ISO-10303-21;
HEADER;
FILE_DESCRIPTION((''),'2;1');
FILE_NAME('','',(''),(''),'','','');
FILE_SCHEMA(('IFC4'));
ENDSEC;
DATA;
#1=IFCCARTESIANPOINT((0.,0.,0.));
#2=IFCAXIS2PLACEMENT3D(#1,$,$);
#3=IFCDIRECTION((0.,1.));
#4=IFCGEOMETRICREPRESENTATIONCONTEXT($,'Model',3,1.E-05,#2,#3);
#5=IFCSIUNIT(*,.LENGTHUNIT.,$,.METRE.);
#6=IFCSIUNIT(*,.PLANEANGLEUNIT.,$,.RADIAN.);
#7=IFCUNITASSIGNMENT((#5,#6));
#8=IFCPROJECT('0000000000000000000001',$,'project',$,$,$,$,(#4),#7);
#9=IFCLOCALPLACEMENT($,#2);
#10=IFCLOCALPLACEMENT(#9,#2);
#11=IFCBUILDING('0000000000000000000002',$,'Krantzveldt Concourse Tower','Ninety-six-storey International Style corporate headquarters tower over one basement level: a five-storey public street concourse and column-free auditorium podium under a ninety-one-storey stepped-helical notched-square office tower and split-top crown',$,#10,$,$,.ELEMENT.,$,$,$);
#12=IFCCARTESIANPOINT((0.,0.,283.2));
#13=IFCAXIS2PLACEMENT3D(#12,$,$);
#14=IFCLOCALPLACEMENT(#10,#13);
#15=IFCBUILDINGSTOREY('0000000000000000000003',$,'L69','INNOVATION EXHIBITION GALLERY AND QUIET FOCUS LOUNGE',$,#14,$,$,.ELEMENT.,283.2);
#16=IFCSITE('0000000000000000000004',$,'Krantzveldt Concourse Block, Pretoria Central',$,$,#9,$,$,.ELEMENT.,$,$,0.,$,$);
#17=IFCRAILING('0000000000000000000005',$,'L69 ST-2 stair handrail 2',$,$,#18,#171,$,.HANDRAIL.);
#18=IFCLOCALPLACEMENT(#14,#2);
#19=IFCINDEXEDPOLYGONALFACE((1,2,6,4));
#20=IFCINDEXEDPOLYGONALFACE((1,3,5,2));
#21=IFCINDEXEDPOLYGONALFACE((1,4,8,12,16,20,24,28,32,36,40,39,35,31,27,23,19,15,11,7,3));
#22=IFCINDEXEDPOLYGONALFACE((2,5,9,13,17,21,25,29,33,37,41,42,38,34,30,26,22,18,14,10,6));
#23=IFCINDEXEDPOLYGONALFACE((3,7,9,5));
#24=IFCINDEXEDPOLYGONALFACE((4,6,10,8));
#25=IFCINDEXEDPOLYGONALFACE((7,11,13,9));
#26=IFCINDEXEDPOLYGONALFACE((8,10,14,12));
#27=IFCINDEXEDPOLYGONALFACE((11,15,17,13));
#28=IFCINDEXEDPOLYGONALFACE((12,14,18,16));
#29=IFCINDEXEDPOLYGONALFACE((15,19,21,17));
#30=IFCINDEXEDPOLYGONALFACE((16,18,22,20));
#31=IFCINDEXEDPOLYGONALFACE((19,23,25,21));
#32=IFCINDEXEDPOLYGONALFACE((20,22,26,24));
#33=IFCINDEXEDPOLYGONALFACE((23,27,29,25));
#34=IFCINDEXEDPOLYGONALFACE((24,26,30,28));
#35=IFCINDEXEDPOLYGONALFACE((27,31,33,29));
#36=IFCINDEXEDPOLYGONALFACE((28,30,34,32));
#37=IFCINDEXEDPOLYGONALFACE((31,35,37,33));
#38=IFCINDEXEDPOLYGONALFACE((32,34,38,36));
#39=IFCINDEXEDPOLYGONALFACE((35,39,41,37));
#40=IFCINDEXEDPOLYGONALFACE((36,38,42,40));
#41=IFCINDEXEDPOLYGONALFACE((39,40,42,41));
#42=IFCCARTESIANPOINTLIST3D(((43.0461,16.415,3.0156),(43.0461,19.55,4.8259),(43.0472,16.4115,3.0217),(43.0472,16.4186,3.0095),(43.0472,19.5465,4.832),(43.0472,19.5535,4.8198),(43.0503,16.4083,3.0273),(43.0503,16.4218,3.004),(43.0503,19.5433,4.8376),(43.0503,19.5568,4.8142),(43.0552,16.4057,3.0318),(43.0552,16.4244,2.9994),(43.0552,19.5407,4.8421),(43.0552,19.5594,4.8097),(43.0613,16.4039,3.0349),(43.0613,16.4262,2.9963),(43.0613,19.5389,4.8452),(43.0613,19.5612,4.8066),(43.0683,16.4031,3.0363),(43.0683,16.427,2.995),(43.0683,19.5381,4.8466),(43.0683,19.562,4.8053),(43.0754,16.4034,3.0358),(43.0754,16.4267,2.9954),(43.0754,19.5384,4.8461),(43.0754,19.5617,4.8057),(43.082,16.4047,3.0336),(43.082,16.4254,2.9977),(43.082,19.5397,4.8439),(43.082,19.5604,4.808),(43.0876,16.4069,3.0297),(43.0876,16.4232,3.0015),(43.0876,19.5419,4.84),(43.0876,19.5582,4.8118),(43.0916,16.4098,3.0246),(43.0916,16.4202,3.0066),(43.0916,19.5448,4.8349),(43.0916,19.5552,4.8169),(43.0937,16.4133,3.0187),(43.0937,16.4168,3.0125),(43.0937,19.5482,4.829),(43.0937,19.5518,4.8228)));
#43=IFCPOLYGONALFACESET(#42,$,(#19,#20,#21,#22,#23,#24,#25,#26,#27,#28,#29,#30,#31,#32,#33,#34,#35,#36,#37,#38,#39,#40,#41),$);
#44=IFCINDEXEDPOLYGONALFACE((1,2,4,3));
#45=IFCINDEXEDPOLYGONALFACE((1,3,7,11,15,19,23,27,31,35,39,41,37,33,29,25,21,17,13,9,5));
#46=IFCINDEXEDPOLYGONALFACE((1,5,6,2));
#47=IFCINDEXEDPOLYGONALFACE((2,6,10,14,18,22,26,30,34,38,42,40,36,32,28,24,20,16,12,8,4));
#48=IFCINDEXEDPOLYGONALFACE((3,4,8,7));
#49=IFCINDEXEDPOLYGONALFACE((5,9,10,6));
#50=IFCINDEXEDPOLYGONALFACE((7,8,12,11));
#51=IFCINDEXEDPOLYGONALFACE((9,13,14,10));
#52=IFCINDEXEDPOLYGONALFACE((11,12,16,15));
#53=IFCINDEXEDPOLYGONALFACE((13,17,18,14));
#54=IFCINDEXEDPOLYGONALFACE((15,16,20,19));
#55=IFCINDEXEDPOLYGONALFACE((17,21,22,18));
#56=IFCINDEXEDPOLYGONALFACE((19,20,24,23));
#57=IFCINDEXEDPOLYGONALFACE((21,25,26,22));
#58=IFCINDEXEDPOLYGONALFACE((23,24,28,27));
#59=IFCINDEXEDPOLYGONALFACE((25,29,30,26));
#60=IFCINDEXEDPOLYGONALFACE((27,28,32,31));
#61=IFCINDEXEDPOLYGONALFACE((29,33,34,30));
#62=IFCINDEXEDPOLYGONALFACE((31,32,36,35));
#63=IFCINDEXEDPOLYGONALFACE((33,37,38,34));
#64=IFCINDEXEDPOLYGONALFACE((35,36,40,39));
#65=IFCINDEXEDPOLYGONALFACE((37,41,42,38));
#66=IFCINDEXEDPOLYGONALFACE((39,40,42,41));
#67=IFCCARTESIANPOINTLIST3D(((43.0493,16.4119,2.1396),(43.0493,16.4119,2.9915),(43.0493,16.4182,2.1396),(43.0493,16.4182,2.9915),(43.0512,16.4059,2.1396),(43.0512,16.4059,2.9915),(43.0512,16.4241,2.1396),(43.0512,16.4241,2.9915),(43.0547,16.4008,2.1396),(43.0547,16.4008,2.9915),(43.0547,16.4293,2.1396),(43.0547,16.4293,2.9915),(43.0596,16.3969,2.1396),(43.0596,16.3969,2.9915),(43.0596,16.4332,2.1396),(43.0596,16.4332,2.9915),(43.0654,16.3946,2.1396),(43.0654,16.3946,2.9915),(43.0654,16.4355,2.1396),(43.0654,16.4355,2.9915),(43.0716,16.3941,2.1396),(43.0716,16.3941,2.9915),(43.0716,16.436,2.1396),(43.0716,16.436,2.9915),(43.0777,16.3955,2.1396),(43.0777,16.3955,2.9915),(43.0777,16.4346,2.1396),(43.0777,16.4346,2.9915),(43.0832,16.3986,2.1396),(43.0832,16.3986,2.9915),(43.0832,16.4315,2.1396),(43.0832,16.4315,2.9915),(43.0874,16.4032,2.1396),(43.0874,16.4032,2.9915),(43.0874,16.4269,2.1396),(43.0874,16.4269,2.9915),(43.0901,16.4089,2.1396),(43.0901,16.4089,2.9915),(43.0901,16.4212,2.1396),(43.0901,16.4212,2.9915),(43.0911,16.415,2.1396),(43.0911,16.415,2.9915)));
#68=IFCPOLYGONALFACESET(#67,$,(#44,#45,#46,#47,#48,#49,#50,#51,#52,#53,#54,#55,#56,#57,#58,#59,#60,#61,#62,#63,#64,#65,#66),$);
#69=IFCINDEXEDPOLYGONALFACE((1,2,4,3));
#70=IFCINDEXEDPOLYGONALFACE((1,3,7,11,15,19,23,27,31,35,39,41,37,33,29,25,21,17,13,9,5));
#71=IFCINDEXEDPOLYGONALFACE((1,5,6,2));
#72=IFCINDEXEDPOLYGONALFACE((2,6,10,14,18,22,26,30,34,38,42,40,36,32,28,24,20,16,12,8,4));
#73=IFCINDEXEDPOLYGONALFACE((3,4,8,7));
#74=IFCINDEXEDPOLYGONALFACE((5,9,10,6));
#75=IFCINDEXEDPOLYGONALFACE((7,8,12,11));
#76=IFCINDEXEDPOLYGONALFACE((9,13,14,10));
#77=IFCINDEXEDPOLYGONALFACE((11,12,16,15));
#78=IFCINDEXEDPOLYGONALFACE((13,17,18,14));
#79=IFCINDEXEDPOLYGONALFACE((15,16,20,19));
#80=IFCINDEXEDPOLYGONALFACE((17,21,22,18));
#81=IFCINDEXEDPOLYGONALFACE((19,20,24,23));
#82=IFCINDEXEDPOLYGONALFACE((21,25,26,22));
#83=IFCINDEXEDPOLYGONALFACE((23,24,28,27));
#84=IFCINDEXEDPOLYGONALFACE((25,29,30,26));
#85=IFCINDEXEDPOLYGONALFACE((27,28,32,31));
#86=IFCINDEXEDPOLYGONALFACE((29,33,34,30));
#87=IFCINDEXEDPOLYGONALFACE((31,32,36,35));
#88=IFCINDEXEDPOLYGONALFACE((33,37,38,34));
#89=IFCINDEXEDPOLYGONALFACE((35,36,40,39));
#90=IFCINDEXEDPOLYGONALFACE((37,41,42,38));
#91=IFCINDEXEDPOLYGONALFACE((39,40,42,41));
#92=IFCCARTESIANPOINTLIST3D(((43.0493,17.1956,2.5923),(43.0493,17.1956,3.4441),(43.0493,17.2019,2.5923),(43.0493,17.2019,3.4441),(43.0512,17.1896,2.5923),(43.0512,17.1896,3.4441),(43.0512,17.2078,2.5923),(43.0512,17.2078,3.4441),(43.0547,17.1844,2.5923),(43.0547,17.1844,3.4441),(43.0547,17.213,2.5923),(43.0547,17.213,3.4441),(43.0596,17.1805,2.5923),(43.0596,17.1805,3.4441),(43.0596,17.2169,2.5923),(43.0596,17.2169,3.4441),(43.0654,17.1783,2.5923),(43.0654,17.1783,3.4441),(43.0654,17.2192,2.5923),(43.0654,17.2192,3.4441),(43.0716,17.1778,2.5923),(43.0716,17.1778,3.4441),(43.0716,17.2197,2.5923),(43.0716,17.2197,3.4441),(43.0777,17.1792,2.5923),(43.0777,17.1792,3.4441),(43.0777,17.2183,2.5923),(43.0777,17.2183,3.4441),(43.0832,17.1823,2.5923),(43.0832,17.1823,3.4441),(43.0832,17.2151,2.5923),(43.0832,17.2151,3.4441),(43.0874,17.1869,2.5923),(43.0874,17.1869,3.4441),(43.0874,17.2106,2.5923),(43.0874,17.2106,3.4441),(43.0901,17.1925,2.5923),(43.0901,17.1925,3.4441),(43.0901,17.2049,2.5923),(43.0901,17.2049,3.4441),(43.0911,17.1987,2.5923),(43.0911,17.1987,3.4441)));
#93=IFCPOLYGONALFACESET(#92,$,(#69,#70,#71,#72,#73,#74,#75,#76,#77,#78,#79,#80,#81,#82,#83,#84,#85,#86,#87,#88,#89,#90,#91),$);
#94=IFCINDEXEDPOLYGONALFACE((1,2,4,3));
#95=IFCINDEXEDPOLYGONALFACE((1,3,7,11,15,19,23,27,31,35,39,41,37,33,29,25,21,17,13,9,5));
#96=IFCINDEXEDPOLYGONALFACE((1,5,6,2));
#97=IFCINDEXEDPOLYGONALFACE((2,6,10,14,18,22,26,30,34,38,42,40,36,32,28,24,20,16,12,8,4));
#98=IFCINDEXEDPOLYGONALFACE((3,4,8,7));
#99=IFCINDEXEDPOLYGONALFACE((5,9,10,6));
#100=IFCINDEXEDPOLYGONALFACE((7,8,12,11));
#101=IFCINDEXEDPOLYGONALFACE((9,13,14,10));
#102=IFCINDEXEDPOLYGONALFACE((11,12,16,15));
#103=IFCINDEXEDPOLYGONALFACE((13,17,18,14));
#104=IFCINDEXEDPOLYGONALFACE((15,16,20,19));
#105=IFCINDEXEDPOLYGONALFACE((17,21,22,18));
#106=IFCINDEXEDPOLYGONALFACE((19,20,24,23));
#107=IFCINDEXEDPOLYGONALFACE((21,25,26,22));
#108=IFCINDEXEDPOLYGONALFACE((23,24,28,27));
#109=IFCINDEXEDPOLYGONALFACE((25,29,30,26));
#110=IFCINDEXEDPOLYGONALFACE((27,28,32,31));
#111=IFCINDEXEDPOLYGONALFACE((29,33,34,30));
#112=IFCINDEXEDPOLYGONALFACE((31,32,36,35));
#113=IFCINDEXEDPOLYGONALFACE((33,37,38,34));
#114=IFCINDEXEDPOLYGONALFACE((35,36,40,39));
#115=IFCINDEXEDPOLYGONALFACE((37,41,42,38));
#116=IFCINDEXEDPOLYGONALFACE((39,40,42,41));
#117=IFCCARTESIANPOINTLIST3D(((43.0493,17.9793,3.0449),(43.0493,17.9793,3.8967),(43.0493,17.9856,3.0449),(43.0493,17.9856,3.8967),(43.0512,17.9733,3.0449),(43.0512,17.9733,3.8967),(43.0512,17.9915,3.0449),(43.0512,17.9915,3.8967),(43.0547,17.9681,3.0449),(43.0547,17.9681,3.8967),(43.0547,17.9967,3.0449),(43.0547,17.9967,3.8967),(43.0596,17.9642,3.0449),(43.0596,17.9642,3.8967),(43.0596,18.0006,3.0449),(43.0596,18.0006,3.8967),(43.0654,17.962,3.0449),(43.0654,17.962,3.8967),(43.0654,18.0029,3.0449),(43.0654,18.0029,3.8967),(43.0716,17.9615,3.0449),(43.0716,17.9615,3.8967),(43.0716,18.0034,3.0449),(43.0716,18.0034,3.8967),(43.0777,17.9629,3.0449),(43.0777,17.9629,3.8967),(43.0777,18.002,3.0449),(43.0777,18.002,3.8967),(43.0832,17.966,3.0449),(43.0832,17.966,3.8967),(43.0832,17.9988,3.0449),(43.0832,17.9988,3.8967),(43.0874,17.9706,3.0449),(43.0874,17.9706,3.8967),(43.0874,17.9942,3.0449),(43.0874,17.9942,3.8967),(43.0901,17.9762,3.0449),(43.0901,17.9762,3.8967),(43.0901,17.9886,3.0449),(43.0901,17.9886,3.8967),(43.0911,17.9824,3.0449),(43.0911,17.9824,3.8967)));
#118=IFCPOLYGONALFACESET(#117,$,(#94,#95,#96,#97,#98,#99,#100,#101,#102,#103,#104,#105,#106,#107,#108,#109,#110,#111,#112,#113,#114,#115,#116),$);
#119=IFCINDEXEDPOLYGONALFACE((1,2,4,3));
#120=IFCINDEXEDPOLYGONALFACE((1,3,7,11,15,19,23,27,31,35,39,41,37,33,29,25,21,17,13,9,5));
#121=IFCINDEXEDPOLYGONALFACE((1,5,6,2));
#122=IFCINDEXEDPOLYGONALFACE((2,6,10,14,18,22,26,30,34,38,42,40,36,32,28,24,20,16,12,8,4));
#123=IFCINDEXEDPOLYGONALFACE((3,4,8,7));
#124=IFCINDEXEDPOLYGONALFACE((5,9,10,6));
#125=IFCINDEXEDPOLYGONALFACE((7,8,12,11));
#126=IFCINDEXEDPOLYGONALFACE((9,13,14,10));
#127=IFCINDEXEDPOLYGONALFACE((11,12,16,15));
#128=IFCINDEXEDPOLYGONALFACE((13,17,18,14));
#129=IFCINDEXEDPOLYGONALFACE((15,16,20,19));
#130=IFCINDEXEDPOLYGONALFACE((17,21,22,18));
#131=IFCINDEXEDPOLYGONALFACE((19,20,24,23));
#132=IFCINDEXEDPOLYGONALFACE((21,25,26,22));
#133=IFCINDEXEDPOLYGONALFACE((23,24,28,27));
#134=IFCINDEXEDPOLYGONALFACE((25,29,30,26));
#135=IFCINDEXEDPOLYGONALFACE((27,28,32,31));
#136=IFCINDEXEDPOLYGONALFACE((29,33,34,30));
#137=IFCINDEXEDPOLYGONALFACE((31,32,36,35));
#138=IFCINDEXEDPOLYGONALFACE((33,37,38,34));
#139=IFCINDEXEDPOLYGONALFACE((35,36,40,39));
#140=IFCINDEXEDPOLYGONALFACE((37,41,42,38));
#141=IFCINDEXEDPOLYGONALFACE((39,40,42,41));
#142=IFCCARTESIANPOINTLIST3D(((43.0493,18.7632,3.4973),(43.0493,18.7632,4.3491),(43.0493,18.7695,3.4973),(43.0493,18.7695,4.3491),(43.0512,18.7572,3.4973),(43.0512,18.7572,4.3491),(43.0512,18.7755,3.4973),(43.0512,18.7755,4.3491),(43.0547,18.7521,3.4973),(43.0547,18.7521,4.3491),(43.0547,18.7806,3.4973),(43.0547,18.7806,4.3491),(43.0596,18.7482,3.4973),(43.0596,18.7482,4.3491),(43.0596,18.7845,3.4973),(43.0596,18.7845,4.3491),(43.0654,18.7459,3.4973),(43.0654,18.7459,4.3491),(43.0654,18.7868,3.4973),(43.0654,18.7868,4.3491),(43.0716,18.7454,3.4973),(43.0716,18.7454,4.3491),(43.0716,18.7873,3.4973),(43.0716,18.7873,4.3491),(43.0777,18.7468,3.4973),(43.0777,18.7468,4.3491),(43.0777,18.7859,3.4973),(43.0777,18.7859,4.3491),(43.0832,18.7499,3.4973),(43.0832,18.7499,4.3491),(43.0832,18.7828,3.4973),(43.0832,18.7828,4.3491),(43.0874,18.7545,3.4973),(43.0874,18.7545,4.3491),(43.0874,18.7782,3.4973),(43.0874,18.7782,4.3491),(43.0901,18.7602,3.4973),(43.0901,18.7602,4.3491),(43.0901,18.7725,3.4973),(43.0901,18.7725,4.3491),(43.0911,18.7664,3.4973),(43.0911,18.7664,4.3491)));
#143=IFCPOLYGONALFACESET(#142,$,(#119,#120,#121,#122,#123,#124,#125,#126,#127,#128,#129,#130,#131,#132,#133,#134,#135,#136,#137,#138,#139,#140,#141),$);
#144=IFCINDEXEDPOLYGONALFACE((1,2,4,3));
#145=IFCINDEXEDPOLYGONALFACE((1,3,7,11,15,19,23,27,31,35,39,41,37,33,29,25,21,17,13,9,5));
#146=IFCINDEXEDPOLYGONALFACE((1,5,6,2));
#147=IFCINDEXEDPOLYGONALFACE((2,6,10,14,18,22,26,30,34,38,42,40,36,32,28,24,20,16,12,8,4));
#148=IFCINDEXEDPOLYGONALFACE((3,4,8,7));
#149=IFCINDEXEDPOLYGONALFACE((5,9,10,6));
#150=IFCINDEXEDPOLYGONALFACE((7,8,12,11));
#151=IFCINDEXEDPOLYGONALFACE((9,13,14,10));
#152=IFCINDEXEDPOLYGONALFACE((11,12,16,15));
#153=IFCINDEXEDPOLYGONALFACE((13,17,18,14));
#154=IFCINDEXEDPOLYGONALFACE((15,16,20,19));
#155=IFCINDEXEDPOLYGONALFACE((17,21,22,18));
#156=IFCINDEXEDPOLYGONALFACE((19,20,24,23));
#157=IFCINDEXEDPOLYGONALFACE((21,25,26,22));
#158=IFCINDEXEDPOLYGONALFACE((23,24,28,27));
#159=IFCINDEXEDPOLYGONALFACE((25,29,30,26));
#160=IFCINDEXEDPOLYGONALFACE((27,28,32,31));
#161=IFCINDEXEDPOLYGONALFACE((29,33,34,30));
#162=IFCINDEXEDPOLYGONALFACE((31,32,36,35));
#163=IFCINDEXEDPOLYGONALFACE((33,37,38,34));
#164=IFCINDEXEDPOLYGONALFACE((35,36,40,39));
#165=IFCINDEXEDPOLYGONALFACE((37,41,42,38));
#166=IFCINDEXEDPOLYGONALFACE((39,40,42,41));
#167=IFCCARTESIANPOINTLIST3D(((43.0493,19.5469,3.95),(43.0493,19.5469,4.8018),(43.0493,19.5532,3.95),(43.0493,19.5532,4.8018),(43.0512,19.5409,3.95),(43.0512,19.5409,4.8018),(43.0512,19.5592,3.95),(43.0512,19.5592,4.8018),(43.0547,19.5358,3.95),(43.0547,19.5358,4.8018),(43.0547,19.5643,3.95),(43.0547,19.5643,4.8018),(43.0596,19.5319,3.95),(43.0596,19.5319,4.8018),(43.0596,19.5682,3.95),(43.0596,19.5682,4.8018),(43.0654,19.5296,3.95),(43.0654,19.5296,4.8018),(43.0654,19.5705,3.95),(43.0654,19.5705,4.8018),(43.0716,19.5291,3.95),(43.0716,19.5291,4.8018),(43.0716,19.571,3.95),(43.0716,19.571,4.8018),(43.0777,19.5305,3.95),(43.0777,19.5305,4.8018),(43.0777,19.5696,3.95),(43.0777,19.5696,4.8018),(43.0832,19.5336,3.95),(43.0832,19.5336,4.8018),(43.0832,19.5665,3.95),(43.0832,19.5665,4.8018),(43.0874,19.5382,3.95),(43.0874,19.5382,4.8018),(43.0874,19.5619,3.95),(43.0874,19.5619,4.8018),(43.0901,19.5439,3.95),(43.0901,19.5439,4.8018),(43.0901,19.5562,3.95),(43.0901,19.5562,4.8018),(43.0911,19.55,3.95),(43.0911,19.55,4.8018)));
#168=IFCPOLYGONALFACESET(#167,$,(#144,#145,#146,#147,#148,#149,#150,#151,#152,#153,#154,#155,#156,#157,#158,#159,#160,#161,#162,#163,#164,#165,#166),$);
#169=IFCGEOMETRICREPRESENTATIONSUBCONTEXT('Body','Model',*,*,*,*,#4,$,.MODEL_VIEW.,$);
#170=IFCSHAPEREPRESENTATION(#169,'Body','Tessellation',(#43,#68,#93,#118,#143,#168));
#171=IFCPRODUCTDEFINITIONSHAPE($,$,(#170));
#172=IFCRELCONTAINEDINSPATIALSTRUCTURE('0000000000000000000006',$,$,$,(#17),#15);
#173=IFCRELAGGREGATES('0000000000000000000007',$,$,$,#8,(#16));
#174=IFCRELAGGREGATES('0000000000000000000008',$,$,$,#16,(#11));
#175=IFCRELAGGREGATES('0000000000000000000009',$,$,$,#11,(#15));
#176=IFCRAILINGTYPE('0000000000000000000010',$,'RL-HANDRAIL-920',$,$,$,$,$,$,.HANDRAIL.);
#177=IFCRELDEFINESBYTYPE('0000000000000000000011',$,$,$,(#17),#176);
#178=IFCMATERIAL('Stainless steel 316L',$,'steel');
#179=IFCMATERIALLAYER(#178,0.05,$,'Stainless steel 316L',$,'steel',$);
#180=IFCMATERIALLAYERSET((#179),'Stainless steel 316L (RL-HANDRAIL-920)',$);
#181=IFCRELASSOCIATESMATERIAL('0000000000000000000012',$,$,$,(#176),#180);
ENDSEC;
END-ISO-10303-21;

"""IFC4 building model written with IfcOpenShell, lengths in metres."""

from ifc_helpers import new_model, si_unit, direction, frame, origin, origin_2d, place, context, subcontext, project, spatial, circle, extrude, material, layer, layer_set, type_object, element, save


model = new_model("IFC4")

# Units and contexts
model_context = context("Model", 3, precision=1e-05, world=origin(), true_north=direction((0.0, 1.0)))
body_context = subcontext(model_context, "Body", "Model", "MODEL_VIEW")
ifc_project = project(units=[si_unit("LENGTHUNIT", "METRE"), si_unit("PLANEANGLEUNIT", "RADIAN")], contexts=[model_context])

# Site, building, storey
site_placement = place(None, origin())
site = spatial("IfcSite", under=ifc_project, at=site_placement, Name="Krantzveldt Concourse Block, Pretoria Central", CompositionType="ELEMENT", RefElevation=0.0)
building_placement = place(site_placement, origin())
building = spatial("IfcBuilding", under=site, at=building_placement, Name="Krantzveldt Concourse Tower", Description="Ninety-six-storey International Style corporate headquarters tower over one basement level: a five-storey public street concourse and column-free auditorium podium under a ninety-one-storey stepped-helical notched-square office tower and split-top crown", CompositionType="ELEMENT")
storey_placement = place(building_placement, frame((0.0, 0.0, 283.2)))
storey = spatial("IfcBuildingStorey", under=building, at=storey_placement, Name="L69", Description="INNOVATION EXHIBITION GALLERY AND QUIET FOCUS LOUNGE", CompositionType="ELEMENT", Elevation=283.2)

# Railing
ifc_material_1 = material(Name="Stainless steel 316L", Category="steel")
ifc_layer_1 = layer(ifc_material_1, 0.05, Name="Stainless steel 316L", Category="steel")
ifc_layer_set_1 = layer_set([ifc_layer_1], Name="Stainless steel 316L (RL-HANDRAIL-920)")
railing_type_1 = type_object("IfcRailingType", Name="RL-HANDRAIL-920", PredefinedType="HANDRAIL", material=ifc_layer_set_1)
railing_1_placement = place(storey_placement, frame((43.0701, 16.415, 2.1396)))
element("IfcRailing", 1, at=railing_1_placement, inside=storey, type_object=railing_type_1, Name="L69 ST-2 stair handrail 2", PredefinedType="HANDRAIL", context=body_context, shape_type="SweptSolid", body=[
    extrude(circle(Radius=0.0239, at=origin_2d()), frame((0.0, 0.0, 0.876), z_axis=(0.0, 0.865989, 0.500063), x_axis=(-1.0, 0.0, 0.0)), (0.0, 0.0, 1.0), 3.6201),
    extrude(circle(Radius=0.021, at=origin_2d()), origin(), (0.0, 0.0, 1.0), 0.8518),
    extrude(circle(Radius=0.021, at=origin_2d()), frame((0.0, 0.7837, 0.4526)), (0.0, 0.0, 1.0), 0.8518),
    extrude(circle(Radius=0.021, at=origin_2d()), frame((0.0, 1.5674, 0.9053)), (0.0, 0.0, 1.0), 0.8518),
    extrude(circle(Radius=0.021, at=origin_2d()), frame((0.0, 2.3513, 1.3577)), (0.0, 0.0, 1.0), 0.8518),
    extrude(circle(Radius=0.021, at=origin_2d()), frame((0.0, 3.135, 1.8103)), (0.0, 0.0, 1.0), 0.8518),
])

save(model, "model.ifc")
